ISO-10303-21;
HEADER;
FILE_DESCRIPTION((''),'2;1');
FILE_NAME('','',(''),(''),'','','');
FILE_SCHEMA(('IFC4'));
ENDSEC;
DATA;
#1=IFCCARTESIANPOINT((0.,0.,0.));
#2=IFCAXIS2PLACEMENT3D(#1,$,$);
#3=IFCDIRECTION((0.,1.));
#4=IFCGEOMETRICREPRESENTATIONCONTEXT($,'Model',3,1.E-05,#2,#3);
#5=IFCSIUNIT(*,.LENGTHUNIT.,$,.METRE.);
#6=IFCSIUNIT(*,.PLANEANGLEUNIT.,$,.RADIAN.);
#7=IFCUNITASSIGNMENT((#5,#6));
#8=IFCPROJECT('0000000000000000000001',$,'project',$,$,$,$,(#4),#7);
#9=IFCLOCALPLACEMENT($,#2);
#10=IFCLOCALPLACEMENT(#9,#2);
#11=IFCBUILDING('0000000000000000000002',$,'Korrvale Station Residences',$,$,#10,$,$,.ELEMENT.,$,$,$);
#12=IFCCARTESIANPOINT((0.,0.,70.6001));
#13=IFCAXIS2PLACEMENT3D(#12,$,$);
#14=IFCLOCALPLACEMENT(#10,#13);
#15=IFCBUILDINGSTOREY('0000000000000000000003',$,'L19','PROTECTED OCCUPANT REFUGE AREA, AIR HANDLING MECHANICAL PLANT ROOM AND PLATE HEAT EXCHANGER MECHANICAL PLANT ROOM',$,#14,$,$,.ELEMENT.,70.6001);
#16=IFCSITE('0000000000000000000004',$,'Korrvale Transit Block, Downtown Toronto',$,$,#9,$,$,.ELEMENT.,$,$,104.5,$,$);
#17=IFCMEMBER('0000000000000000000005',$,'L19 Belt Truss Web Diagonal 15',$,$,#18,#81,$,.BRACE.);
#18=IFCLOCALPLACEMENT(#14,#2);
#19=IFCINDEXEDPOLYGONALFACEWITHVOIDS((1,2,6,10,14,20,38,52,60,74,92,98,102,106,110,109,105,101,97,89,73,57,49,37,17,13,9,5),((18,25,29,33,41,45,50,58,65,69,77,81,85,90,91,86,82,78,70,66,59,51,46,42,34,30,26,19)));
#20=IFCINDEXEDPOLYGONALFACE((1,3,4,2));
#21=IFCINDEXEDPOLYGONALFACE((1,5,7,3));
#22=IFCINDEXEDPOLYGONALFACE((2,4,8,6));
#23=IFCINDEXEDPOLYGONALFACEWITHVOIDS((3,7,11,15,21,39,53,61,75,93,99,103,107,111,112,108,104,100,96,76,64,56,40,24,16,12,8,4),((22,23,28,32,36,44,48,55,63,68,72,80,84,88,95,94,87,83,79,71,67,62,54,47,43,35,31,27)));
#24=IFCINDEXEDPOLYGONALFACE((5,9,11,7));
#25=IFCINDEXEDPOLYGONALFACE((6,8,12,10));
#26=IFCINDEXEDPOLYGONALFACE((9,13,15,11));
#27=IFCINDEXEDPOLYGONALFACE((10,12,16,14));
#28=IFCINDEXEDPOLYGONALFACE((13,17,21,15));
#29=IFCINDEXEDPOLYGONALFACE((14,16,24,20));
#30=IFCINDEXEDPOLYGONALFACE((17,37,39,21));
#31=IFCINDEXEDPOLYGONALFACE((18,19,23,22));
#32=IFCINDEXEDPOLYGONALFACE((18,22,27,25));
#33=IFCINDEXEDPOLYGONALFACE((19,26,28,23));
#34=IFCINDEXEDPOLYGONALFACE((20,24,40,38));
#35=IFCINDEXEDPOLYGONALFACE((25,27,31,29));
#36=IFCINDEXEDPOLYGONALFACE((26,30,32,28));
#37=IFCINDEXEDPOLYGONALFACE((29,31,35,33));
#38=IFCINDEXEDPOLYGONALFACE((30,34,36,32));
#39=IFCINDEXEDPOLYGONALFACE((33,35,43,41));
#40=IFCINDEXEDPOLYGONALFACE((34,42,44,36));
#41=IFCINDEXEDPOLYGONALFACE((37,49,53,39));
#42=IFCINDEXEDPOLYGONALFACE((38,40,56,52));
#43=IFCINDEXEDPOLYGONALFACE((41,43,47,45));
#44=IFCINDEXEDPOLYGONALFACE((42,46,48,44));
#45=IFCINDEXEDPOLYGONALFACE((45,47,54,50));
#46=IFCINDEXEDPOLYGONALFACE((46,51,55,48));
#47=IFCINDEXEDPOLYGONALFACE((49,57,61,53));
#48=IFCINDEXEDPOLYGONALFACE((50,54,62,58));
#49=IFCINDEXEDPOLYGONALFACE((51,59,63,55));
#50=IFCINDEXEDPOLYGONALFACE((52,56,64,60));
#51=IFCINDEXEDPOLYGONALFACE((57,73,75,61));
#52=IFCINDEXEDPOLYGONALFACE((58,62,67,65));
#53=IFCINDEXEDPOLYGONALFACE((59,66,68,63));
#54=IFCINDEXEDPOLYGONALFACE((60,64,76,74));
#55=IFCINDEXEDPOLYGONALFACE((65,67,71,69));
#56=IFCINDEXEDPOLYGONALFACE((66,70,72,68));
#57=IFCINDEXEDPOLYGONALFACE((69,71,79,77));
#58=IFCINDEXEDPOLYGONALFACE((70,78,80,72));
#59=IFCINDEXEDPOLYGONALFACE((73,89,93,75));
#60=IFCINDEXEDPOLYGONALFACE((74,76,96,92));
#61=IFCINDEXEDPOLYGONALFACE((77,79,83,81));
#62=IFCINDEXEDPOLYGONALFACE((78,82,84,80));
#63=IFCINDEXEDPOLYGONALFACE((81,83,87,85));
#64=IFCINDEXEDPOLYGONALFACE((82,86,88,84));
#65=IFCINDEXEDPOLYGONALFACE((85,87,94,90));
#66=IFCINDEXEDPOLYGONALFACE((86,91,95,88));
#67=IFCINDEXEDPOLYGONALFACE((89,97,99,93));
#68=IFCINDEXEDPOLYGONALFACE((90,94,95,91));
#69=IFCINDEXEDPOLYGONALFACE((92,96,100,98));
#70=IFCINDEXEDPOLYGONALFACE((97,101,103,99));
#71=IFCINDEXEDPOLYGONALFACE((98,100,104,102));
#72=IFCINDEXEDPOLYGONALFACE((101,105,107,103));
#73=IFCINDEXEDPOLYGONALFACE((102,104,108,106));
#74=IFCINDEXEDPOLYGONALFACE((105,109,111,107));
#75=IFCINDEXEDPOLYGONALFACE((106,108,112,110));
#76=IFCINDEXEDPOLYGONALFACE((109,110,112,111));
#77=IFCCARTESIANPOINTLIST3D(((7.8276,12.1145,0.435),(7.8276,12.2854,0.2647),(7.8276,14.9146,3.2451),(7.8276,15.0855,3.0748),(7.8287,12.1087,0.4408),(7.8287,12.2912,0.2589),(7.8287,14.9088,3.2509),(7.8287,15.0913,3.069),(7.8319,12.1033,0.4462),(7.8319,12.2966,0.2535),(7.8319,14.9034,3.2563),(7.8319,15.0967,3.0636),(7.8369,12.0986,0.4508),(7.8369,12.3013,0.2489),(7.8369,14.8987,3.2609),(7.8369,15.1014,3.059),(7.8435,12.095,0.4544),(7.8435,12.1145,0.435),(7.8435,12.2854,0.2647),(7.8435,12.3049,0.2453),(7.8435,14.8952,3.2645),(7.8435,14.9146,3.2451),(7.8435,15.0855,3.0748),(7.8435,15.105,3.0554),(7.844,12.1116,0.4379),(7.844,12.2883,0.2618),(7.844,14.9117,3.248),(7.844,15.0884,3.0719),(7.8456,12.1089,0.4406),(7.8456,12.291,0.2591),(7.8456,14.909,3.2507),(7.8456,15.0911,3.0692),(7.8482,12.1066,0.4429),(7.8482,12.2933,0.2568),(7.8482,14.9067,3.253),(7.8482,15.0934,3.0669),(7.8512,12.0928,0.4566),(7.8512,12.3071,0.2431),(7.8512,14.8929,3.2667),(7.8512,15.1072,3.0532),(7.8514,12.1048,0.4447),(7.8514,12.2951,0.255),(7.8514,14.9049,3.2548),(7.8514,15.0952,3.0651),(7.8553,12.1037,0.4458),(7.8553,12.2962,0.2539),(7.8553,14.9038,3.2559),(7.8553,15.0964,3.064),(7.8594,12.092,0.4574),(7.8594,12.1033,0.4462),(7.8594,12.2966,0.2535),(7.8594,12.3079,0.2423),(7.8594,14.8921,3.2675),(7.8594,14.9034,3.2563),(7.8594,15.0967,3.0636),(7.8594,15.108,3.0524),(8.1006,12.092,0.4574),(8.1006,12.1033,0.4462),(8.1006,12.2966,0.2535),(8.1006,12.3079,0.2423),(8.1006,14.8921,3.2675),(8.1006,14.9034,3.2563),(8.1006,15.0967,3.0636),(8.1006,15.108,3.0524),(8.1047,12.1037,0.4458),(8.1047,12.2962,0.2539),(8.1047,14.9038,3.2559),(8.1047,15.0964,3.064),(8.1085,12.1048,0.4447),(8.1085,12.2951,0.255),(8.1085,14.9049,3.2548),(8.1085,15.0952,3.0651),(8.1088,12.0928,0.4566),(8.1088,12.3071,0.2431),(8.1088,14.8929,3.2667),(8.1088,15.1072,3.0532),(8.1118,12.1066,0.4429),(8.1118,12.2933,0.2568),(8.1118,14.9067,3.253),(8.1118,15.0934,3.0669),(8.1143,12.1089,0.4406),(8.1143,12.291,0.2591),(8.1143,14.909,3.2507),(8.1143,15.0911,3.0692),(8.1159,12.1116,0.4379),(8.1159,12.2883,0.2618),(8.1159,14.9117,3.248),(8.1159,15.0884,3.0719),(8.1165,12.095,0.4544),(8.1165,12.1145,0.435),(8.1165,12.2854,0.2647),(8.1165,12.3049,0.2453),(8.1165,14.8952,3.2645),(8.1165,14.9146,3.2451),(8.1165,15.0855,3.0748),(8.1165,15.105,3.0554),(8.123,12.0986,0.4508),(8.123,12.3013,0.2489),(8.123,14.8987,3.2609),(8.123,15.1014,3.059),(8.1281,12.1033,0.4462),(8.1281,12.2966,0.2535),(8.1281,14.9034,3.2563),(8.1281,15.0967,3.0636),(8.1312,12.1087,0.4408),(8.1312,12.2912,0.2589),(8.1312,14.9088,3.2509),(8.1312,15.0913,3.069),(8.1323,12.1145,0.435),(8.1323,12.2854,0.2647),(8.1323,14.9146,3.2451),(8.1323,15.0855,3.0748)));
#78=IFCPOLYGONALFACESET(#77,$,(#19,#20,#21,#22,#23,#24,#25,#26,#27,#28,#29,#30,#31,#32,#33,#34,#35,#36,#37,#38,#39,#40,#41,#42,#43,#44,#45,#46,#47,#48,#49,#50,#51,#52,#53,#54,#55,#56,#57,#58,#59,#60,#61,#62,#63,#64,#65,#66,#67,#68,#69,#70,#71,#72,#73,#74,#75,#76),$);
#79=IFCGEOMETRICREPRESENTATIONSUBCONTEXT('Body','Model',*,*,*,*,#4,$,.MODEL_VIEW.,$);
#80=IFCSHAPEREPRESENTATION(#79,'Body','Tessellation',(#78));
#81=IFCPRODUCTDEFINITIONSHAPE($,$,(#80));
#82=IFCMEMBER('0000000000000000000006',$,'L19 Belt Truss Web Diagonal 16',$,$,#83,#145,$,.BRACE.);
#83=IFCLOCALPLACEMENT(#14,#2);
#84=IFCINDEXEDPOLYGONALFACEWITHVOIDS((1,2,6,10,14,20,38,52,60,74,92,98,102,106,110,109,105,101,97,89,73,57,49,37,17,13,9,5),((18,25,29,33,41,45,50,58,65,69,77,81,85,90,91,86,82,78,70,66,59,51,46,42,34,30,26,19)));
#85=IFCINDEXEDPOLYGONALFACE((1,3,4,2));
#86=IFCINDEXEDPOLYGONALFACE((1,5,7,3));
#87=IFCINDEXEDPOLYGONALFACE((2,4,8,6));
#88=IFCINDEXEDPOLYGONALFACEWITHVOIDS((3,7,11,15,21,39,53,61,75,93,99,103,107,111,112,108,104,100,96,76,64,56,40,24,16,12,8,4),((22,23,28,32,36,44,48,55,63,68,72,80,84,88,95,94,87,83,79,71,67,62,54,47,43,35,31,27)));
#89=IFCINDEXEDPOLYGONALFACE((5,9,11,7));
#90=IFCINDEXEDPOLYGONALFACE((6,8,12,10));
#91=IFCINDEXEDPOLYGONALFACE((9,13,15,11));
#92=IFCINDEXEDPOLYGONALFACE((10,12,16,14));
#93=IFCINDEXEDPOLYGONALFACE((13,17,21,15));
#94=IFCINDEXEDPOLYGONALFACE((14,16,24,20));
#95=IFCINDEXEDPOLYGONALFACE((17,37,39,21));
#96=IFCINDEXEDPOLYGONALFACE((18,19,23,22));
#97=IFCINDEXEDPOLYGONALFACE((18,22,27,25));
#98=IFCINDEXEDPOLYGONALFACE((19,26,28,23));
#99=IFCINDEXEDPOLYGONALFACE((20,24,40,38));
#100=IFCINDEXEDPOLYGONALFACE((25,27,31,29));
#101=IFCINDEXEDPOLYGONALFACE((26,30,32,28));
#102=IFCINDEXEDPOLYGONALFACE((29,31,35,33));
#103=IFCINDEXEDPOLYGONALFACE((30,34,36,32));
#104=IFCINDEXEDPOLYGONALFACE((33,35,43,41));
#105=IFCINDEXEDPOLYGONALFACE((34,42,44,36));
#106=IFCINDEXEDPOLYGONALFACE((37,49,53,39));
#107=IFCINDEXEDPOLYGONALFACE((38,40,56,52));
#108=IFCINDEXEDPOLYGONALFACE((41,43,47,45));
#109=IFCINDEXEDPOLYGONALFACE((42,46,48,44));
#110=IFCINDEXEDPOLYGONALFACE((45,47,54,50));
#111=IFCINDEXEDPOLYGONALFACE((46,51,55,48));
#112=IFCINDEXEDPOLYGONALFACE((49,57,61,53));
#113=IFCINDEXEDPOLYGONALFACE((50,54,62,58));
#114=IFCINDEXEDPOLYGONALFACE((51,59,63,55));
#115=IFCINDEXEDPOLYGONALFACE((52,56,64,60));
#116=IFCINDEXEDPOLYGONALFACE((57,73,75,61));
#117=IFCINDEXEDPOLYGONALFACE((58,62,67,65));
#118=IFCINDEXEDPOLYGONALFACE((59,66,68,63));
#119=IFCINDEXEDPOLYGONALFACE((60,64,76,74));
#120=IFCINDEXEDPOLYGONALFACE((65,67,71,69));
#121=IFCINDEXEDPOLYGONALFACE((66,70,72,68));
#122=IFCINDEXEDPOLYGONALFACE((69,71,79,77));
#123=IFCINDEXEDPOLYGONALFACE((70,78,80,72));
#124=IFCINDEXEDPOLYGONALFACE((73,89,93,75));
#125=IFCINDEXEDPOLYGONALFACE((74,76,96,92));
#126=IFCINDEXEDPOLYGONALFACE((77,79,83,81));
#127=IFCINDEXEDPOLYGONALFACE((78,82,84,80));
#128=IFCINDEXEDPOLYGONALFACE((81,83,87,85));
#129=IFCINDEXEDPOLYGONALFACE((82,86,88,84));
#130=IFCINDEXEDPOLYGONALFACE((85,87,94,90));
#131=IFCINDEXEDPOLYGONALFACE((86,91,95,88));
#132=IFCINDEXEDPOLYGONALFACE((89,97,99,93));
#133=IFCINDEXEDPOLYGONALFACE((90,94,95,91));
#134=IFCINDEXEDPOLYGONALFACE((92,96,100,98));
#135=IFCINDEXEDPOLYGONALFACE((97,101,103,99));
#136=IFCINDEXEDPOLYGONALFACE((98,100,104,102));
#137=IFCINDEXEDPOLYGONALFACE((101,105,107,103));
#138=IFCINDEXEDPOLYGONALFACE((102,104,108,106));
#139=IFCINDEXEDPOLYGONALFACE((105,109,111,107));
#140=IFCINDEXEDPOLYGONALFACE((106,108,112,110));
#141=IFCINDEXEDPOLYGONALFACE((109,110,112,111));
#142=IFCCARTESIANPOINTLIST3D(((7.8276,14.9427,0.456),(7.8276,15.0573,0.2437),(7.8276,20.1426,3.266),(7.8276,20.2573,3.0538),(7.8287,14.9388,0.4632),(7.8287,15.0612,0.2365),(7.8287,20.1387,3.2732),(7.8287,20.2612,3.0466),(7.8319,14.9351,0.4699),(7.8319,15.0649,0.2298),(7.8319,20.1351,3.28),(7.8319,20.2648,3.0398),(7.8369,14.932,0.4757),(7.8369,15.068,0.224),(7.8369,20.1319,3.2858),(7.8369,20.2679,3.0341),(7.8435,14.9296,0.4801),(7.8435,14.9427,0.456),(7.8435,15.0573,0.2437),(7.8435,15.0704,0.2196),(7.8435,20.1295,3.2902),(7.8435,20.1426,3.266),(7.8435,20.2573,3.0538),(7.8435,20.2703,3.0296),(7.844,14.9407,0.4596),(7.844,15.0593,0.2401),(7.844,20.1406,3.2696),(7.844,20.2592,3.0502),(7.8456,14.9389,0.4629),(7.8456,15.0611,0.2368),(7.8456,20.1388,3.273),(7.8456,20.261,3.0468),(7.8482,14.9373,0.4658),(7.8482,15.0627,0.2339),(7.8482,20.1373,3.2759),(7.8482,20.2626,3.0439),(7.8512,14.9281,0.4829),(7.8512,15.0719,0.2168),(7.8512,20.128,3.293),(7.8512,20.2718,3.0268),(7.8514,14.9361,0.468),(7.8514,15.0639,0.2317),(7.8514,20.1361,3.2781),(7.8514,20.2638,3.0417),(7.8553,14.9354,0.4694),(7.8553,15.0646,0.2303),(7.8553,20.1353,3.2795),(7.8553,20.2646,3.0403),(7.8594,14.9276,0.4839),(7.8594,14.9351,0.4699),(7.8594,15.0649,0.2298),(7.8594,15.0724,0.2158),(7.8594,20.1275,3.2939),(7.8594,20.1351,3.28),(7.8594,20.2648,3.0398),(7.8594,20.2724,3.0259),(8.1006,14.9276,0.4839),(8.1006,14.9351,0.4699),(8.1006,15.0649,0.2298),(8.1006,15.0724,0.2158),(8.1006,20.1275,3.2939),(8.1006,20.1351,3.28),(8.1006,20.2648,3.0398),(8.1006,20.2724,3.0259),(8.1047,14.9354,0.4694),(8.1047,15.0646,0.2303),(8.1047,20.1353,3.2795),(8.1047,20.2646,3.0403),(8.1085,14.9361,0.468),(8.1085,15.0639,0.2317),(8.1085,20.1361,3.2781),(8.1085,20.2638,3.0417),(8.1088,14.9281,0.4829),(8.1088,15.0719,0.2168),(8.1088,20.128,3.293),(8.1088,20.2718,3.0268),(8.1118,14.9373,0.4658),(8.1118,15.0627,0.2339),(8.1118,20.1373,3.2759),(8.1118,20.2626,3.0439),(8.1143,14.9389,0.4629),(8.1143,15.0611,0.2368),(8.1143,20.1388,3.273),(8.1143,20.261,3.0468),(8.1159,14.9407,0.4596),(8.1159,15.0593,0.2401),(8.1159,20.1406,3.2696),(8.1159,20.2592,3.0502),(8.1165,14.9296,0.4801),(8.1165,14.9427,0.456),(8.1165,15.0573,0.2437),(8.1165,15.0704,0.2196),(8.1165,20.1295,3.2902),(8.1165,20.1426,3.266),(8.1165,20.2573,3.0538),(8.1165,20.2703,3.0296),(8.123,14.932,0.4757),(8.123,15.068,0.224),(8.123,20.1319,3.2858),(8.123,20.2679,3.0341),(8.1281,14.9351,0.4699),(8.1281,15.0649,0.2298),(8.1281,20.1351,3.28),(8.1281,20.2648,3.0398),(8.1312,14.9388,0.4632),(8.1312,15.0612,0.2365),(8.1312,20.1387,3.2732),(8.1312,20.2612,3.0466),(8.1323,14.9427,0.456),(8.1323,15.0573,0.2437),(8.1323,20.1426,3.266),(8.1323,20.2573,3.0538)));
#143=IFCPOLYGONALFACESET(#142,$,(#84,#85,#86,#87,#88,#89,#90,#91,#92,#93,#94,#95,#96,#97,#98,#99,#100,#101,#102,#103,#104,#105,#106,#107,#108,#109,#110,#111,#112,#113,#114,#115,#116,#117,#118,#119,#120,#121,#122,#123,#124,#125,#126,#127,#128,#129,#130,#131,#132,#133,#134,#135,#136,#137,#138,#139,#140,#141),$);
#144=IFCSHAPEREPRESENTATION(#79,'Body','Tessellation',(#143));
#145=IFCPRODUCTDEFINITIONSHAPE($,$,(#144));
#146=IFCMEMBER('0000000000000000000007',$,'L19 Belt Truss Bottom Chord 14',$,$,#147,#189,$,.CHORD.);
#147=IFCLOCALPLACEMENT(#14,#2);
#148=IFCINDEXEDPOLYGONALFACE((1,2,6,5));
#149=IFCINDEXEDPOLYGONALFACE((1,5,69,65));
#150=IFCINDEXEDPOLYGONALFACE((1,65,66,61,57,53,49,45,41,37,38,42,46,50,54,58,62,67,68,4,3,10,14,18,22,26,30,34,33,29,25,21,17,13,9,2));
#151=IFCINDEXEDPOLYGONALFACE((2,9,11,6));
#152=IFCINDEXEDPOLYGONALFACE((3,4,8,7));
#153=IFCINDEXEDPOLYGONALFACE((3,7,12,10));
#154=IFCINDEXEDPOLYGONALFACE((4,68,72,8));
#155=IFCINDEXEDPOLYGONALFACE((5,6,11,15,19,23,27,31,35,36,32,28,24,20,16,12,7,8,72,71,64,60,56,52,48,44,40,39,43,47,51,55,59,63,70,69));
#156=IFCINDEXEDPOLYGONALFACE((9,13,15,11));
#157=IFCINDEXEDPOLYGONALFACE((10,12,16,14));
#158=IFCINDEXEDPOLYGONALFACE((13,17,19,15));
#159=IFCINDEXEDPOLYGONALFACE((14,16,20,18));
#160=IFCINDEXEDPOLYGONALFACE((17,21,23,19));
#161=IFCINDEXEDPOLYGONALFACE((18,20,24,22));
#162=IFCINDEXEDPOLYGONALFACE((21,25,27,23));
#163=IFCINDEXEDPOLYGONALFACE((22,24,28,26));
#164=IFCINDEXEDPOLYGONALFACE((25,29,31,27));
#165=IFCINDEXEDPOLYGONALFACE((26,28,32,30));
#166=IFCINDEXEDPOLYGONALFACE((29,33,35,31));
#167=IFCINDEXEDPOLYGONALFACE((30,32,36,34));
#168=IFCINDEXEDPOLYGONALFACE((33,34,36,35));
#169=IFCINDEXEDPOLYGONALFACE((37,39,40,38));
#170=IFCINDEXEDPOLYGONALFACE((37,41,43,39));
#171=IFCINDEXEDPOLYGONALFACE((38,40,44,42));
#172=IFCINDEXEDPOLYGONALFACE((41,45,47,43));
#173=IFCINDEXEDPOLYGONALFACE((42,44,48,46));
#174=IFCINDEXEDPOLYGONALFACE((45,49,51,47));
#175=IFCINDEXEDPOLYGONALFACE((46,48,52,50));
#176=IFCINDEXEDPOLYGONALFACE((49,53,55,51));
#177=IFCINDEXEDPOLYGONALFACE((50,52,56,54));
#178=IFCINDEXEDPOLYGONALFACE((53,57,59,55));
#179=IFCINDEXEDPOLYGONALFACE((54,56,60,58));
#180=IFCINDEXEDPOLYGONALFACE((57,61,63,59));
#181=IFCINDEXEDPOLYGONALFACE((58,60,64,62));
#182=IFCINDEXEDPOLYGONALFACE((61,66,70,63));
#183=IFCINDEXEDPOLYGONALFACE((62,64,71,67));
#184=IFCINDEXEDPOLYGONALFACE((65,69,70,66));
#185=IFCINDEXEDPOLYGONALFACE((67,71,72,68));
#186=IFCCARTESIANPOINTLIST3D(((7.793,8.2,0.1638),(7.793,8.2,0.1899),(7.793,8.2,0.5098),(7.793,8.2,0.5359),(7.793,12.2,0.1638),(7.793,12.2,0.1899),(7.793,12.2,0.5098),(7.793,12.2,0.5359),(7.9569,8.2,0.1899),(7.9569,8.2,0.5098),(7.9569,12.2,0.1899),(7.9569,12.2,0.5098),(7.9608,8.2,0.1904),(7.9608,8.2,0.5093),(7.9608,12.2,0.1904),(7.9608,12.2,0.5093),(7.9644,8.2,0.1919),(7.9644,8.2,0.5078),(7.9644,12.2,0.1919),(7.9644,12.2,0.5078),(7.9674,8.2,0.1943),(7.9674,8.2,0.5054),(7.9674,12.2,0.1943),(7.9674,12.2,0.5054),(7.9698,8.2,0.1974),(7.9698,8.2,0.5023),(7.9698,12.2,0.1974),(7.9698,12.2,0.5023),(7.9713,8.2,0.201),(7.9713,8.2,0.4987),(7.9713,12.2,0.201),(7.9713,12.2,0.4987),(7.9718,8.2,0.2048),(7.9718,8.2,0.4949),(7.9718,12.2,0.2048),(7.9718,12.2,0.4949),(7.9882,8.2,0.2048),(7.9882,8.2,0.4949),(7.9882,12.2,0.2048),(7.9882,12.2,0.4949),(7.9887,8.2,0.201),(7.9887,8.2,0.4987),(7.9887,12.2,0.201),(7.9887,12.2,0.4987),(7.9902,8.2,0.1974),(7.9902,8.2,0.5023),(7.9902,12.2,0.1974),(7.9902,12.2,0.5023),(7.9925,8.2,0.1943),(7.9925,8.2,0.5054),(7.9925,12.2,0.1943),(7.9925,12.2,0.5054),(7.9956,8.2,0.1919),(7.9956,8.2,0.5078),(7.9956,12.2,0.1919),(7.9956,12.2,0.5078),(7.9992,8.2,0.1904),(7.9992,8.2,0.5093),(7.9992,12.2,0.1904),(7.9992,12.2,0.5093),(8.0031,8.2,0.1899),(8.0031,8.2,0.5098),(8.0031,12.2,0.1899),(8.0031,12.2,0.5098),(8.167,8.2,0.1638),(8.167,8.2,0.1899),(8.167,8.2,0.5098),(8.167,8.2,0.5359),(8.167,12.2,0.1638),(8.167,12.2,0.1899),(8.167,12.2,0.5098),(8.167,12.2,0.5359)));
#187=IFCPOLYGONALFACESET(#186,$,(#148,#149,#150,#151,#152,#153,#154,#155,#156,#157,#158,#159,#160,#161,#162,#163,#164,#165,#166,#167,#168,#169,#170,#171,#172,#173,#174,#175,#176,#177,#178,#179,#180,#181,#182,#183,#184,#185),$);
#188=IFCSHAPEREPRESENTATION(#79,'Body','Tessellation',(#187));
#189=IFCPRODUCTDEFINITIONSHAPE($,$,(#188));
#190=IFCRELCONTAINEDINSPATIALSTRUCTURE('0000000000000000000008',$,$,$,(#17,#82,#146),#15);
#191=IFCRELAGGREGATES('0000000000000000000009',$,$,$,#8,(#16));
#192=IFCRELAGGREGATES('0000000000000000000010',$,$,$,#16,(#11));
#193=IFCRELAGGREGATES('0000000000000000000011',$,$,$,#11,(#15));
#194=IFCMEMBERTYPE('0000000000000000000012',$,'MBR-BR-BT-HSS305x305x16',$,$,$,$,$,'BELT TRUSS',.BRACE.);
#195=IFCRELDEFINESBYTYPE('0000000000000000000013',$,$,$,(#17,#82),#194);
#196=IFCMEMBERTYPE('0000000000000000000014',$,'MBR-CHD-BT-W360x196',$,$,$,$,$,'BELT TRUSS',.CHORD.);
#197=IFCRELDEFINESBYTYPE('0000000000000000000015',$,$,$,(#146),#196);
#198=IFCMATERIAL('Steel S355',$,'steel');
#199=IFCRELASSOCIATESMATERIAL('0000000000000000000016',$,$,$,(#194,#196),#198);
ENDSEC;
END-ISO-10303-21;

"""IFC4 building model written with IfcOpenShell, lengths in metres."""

from ifc_helpers import new_model, si_unit, direction, frame, origin, origin_2d, place, context, subcontext, project, spatial, hollow_rectangle, i_section, extrude, material, material_profile, profile_set, type_object, element, save


model = new_model("IFC4")

# Units and contexts
model_context = context("Model", 3, precision=1e-05, world=origin(), true_north=direction((0.0, 1.0)))
body_context = subcontext(model_context, "Body", "Model", "MODEL_VIEW")
ifc_project = project(units=[si_unit("LENGTHUNIT", "METRE"), si_unit("PLANEANGLEUNIT", "RADIAN")], contexts=[model_context])

# Site, building, storey
site_placement = place(None, origin())
site = spatial("IfcSite", under=ifc_project, at=site_placement, Name="Korrvale Transit Block, Downtown Toronto", CompositionType="ELEMENT", RefElevation=104.5)
building_placement = place(site_placement, origin())
building = spatial("IfcBuilding", under=site, at=building_placement, Name="Korrvale Station Residences", CompositionType="ELEMENT")
storey_placement = place(building_placement, frame((0.0, 0.0, 70.6001)))
storey = spatial("IfcBuildingStorey", under=building, at=storey_placement, Name="L19", Description="PROTECTED OCCUPANT REFUGE AREA, AIR HANDLING MECHANICAL PLANT ROOM AND PLATE HEAT EXCHANGER MECHANICAL PLANT ROOM", CompositionType="ELEMENT", Elevation=70.6001)

# Members
ifc_material_1 = material(Name="Steel S355", Category="steel")
ifc_material_profile_1 = material_profile(ifc_material_1, hollow_rectangle(XDim=0.3047, YDim=0.3047, WallThickness=0.0159, InnerFilletRadius=0.0159, OuterFilletRadius=0.0317, at=origin_2d()), Name="HSS305x305x16")
ifc_profile_set_1 = profile_set([ifc_material_profile_1], Name="Steel S355")
member_type_1 = type_object("IfcMemberType", Name="MBR-BR-BT-HSS305x305x16", ElementType="BELT TRUSS", PredefinedType="BRACE", material=ifc_profile_set_1)
member_1_placement = place(storey_placement, frame((7.98, 12.2, 0.3499), z_axis=(0.0, 0.705844, 0.708367), x_axis=(-1.0, 0.0, 0.0)))
element("IfcMember", 1, at=member_1_placement, inside=storey, type_object=member_type_1, Name="L19 Belt Truss Web Diagonal 15", PredefinedType="BRACE", context=body_context, shape_type="SweptSolid", body=[
    extrude(hollow_rectangle(XDim=0.3047, YDim=0.3047, WallThickness=0.0159, InnerFilletRadius=0.0159, OuterFilletRadius=0.0317, at=origin_2d()), origin(), (0.0, 0.0, 1.0), 3.967),
])
member_2_placement = place(storey_placement, frame((7.98, 15.0, 0.3499), z_axis=(0.0, 0.879758, 0.475422), x_axis=(-1.0, 0.0, 0.0)))
element("IfcMember", 2, at=member_2_placement, inside=storey, type_object=member_type_1, Name="L19 Belt Truss Web Diagonal 16", PredefinedType="BRACE", context=body_context, shape_type="SweptSolid", body=[
    extrude(hollow_rectangle(XDim=0.3047, YDim=0.3047, WallThickness=0.0159, InnerFilletRadius=0.0159, OuterFilletRadius=0.0317, at=origin_2d()), origin(), (0.0, 0.0, 1.0), 5.9106),
])
ifc_material_profile_2 = material_profile(ifc_material_1, i_section(OverallWidth=0.374, OverallDepth=0.3721, WebThickness=0.0164, FlangeThickness=0.0261, FilletRadius=0.0149, at=origin_2d()), Name="W360x196")
ifc_profile_set_2 = profile_set([ifc_material_profile_2], Name="Steel S355")
member_type_2 = type_object("IfcMemberType", Name="MBR-CHD-BT-W360x196", ElementType="BELT TRUSS", PredefinedType="CHORD", material=ifc_profile_set_2)
member_3_placement = place(storey_placement, frame((7.98, 8.2, 0.3499), z_axis=(0.0, 1.0, 0.0), x_axis=(-1.0, 0.0, 0.0)))
element("IfcMember", 3, at=member_3_placement, inside=storey, type_object=member_type_2, Name="L19 Belt Truss Bottom Chord 14", PredefinedType="CHORD", context=body_context, shape_type="SweptSolid", body=[
    extrude(i_section(OverallWidth=0.374, OverallDepth=0.3721, WebThickness=0.0164, FlangeThickness=0.0261, FilletRadius=0.0149, at=origin_2d()), origin(), (0.0, 0.0, 1.0), 4.0),
])

save(model, "model.ifc")
